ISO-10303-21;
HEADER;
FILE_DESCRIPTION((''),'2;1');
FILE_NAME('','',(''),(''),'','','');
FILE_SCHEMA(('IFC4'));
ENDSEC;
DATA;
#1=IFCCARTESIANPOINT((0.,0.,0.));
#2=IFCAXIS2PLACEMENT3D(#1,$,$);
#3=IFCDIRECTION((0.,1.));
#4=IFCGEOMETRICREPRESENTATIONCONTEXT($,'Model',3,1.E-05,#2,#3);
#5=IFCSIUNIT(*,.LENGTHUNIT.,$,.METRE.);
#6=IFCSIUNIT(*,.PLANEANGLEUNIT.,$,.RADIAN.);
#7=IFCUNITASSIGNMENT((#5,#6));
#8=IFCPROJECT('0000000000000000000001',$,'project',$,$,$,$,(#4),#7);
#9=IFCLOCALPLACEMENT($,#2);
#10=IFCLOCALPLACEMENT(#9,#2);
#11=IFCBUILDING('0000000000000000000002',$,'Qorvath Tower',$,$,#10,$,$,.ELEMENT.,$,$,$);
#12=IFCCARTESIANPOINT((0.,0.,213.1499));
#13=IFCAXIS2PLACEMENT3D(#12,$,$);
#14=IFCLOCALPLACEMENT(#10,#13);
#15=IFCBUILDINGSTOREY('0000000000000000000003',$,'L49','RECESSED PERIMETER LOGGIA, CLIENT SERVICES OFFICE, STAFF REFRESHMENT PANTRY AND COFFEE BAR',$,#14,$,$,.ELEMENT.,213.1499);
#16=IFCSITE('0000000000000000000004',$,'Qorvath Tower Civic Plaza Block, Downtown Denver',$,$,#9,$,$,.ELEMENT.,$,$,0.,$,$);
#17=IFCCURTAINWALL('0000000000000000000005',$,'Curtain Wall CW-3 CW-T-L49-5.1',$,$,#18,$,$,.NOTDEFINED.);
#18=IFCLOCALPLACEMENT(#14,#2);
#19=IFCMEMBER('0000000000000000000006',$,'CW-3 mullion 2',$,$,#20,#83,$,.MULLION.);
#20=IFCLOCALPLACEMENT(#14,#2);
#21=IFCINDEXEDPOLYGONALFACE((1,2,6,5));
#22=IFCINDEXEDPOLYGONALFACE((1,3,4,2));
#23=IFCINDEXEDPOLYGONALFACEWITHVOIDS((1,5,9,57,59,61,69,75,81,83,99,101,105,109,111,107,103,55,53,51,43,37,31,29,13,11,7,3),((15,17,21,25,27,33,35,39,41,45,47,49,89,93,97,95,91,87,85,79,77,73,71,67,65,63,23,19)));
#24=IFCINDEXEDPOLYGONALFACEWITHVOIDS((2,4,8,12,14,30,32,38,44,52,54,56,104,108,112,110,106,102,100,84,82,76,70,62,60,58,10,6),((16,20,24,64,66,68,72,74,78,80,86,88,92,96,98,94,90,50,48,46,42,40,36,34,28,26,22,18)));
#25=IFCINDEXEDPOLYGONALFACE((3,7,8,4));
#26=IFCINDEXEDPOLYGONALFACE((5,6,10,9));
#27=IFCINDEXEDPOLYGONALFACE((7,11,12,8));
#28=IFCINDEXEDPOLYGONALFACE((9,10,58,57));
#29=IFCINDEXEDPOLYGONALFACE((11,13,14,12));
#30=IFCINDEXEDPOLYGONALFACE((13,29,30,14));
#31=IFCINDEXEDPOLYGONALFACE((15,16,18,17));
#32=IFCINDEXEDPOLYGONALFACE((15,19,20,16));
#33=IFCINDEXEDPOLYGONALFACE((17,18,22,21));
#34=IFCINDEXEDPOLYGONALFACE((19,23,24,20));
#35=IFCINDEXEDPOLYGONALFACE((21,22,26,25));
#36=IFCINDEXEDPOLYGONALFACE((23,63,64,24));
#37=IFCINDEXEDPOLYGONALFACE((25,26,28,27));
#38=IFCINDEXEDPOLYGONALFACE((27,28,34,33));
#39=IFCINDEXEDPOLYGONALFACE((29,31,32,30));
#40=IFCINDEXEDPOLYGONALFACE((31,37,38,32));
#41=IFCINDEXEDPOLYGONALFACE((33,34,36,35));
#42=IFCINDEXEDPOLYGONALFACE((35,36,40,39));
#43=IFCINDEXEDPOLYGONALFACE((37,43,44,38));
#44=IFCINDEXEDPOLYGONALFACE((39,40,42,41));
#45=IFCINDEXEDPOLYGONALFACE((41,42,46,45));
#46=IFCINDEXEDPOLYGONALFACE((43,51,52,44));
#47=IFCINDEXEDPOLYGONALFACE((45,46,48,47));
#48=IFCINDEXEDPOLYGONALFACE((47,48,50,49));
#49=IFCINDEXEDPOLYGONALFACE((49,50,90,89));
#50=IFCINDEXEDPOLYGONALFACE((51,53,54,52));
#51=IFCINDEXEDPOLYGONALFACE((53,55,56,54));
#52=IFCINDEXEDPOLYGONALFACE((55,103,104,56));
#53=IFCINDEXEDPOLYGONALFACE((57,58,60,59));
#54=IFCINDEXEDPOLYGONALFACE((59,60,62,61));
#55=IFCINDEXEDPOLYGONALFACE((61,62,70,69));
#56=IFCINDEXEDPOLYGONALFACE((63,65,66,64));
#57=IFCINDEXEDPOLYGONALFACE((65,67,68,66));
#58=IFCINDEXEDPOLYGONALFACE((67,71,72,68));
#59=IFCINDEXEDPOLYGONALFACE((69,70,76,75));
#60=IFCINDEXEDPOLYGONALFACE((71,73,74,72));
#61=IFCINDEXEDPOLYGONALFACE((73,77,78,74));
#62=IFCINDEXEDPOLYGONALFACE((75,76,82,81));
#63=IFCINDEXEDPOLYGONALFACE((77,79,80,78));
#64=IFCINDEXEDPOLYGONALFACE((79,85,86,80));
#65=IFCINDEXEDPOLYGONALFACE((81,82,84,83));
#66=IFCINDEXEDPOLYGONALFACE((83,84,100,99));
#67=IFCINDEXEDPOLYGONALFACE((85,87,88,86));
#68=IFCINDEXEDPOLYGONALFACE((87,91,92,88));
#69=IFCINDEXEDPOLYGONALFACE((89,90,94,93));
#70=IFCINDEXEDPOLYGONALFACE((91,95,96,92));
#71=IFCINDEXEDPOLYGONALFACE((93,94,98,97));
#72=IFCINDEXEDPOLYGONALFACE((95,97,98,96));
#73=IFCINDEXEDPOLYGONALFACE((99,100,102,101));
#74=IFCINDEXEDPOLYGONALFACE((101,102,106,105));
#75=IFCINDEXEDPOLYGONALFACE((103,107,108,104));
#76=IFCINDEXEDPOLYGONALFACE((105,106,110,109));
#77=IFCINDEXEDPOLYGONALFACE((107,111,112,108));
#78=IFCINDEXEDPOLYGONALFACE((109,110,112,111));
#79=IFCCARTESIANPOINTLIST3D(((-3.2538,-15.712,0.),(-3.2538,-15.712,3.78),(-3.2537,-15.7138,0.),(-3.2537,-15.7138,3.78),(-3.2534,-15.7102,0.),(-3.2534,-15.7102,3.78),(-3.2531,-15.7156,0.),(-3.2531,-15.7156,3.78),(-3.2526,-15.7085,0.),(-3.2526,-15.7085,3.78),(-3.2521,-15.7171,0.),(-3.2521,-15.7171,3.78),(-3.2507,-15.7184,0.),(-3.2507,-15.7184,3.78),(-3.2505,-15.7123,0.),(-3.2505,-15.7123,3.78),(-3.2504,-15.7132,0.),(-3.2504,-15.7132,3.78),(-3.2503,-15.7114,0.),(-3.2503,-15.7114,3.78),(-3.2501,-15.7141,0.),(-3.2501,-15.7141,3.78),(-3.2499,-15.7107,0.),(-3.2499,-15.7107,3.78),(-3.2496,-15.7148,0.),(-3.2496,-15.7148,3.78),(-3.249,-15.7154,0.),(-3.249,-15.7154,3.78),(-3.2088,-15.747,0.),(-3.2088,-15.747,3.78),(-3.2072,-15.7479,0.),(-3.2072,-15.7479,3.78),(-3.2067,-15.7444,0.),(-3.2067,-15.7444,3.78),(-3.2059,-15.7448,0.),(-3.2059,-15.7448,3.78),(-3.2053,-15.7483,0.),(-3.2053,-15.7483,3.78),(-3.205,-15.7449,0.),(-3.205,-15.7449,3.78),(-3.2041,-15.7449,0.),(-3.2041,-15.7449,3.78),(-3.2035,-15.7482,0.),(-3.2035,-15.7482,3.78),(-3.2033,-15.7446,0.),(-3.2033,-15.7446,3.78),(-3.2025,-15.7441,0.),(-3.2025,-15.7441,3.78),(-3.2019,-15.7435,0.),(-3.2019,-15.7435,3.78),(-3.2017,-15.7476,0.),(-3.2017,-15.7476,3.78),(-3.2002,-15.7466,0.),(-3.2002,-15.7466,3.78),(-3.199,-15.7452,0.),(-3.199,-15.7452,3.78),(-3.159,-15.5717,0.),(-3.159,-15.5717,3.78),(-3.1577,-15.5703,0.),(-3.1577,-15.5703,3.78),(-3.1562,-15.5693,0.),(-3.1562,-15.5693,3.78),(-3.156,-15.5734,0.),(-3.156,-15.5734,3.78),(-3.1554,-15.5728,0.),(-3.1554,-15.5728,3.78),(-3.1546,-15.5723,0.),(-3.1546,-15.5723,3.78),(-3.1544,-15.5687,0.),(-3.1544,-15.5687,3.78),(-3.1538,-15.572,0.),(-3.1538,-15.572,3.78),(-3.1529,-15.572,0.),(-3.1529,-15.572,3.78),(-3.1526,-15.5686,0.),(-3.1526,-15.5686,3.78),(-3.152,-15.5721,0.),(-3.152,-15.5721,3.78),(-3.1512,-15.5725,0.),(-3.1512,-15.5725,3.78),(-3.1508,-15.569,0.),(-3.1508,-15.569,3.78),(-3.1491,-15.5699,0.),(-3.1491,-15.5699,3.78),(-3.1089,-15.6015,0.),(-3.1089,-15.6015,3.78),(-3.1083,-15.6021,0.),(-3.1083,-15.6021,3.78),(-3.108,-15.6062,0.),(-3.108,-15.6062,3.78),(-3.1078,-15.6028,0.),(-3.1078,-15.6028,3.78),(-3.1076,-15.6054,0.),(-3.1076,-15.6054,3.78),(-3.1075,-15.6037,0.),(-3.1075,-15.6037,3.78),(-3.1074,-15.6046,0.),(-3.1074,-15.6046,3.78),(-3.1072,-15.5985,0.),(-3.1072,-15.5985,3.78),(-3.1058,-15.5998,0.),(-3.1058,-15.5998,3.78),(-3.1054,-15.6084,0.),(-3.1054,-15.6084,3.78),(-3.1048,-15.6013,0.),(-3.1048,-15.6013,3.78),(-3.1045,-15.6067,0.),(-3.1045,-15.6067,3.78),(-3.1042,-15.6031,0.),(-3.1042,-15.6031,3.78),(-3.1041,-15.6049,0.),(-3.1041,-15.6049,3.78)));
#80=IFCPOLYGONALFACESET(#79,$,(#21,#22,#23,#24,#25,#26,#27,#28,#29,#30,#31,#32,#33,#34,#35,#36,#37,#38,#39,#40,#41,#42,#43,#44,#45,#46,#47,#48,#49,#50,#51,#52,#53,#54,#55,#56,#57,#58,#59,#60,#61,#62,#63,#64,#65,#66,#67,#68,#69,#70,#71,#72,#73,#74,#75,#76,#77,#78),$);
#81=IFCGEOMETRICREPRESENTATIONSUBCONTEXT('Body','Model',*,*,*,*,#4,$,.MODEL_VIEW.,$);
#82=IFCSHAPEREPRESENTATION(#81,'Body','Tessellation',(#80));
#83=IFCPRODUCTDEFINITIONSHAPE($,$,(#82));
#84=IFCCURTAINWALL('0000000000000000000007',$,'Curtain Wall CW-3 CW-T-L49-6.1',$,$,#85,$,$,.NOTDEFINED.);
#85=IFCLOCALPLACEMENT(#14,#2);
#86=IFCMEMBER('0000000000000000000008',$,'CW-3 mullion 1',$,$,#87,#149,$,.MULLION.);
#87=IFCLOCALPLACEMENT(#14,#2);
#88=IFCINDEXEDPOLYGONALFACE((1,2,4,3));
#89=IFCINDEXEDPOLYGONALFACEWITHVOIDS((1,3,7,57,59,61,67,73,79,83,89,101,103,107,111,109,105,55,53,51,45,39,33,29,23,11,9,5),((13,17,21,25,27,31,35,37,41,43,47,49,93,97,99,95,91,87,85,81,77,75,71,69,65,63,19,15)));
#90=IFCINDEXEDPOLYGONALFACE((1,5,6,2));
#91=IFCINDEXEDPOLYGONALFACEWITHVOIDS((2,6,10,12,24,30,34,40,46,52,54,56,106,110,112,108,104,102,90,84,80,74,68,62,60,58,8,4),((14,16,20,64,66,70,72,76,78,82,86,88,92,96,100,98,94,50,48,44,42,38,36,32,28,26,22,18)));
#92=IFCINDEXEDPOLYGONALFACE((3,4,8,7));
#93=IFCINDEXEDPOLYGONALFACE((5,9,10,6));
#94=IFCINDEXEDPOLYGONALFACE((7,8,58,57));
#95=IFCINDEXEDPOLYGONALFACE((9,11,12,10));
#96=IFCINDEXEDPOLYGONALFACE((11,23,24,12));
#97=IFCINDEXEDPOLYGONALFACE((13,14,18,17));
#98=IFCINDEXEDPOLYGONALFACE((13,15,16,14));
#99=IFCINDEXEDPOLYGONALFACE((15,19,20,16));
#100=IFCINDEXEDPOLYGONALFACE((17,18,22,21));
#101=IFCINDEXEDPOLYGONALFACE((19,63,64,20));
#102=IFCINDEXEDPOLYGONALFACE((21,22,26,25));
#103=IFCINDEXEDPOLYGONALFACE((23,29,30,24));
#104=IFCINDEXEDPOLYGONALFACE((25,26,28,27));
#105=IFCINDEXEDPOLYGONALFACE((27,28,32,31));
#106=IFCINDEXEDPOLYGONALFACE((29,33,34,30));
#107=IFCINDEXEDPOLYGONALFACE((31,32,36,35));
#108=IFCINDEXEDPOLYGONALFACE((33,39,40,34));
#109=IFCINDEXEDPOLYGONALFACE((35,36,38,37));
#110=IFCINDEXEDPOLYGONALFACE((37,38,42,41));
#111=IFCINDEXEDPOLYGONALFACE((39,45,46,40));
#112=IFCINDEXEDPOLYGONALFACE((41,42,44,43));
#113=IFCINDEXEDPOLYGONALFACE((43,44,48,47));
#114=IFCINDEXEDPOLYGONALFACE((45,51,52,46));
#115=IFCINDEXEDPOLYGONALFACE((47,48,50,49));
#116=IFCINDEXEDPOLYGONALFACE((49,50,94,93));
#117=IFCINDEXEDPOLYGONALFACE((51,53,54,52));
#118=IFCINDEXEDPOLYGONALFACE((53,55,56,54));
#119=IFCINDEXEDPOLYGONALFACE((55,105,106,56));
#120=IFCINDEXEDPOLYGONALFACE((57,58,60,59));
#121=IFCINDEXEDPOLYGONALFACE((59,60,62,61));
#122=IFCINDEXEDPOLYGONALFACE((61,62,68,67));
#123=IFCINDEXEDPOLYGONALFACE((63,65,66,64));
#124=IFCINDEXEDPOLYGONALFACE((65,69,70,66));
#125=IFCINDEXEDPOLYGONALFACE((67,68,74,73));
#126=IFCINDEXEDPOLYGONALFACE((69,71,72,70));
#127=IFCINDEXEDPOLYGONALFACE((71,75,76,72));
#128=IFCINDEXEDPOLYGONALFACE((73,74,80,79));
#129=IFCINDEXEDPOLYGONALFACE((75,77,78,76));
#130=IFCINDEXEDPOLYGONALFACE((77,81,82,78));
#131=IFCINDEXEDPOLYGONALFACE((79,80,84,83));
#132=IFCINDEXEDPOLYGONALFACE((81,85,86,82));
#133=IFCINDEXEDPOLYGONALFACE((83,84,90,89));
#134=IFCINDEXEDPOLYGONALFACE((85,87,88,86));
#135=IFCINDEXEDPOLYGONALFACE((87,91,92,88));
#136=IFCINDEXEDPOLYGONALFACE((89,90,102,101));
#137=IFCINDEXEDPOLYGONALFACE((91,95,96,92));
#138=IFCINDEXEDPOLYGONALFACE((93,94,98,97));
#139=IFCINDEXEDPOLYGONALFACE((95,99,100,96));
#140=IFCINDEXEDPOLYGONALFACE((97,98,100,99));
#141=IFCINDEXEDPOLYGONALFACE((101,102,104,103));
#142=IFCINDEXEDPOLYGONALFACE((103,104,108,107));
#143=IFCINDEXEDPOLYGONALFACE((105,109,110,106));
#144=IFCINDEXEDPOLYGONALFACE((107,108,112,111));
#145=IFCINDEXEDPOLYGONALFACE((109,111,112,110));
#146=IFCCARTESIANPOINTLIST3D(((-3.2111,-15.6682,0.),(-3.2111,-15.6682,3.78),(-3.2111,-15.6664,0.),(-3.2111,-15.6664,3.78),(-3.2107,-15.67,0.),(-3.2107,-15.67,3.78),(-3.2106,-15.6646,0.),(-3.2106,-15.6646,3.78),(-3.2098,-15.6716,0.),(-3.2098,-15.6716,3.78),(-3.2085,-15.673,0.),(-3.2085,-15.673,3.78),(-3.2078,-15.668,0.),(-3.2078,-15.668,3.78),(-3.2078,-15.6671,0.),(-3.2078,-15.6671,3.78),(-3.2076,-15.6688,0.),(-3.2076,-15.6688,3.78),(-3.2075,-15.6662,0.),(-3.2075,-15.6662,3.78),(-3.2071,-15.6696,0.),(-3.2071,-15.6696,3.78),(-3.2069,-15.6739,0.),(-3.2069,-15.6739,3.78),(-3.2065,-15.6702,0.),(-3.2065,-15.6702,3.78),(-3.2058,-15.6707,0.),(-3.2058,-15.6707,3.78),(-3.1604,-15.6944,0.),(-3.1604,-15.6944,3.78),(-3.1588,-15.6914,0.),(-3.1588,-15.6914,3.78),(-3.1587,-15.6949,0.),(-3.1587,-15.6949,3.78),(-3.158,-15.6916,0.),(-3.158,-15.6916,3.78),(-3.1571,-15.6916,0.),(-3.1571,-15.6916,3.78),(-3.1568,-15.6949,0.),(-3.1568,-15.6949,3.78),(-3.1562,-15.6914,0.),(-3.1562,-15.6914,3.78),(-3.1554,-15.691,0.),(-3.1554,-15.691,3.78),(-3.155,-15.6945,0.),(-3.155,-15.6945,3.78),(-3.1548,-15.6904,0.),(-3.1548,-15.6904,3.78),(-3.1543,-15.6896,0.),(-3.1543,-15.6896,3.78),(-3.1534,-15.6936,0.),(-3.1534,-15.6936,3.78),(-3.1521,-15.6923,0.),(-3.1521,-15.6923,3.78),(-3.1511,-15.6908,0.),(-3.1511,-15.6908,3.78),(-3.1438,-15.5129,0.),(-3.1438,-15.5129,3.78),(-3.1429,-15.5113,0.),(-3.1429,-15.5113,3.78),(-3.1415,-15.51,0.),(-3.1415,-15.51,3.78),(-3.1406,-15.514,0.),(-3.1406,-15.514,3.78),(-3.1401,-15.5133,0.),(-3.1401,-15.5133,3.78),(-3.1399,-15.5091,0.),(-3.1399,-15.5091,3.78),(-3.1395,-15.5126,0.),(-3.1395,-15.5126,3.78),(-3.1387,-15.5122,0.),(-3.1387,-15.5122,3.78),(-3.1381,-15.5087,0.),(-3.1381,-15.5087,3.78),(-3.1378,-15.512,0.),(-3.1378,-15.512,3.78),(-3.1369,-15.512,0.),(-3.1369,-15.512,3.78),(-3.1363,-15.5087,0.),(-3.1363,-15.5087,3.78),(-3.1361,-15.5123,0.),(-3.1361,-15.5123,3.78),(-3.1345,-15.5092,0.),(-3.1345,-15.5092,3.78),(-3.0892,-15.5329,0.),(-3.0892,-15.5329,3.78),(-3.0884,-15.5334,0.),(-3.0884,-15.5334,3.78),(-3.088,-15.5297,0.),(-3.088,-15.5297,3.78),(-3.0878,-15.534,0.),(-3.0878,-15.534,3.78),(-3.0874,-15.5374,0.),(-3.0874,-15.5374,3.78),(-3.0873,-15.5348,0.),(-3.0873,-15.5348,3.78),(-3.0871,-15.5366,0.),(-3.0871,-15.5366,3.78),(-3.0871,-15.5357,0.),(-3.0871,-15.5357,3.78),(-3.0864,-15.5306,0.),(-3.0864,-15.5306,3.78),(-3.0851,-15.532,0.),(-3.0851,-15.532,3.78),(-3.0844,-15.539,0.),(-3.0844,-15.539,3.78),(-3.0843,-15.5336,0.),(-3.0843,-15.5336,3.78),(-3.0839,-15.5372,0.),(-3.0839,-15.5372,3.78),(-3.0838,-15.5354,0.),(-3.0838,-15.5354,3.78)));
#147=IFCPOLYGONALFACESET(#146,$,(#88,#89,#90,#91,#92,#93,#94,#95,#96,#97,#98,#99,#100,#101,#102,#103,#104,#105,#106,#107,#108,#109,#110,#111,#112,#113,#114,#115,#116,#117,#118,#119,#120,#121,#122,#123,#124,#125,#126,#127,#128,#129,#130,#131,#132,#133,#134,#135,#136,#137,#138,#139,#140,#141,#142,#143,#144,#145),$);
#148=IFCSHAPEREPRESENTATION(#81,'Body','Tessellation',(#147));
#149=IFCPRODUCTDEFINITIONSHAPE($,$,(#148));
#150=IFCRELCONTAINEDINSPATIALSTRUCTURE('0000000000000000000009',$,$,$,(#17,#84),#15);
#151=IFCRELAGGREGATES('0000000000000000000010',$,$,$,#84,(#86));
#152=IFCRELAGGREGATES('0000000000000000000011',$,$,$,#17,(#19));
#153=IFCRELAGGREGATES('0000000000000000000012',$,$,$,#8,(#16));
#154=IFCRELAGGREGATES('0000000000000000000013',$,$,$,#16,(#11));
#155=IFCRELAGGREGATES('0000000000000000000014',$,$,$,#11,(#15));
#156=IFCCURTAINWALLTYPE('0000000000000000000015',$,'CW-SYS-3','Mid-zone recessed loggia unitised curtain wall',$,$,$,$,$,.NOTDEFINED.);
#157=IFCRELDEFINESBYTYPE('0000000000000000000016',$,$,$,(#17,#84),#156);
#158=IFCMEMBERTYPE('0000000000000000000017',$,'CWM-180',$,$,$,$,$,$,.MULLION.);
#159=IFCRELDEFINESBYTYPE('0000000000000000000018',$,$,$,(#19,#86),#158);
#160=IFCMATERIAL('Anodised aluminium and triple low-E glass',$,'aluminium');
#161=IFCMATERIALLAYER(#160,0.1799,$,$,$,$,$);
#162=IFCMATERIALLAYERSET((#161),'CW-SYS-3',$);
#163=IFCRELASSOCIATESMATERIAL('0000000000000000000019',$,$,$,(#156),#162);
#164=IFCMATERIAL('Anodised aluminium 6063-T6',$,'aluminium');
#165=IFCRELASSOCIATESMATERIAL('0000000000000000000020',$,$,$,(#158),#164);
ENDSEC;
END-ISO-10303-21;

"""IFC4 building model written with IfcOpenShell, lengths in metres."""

from ifc_helpers import new_model, si_unit, direction, frame, origin, origin_2d, place, context, subcontext, project, spatial, hollow_rectangle, extrude, material, layer, layer_set, material_profile, profile_set, type_object, element, aggregate, save


model = new_model("IFC4")

# Units and contexts
model_context = context("Model", 3, precision=1e-05, world=origin(), true_north=direction((0.0, 1.0)))
body_context = subcontext(model_context, "Body", "Model", "MODEL_VIEW")
ifc_project = project(units=[si_unit("LENGTHUNIT", "METRE"), si_unit("PLANEANGLEUNIT", "RADIAN")], contexts=[model_context])

# Site, building, storey
site_placement = place(None, origin())
site = spatial("IfcSite", under=ifc_project, at=site_placement, Name="Qorvath Tower Civic Plaza Block, Downtown Denver", CompositionType="ELEMENT", RefElevation=0.0)
building_placement = place(site_placement, origin())
building = spatial("IfcBuilding", under=site, at=building_placement, Name="Qorvath Tower", CompositionType="ELEMENT")
storey_placement = place(building_placement, frame((0.0, 0.0, 213.1499)))
storey = spatial("IfcBuildingStorey", under=building, at=storey_placement, Name="L49", Description="RECESSED PERIMETER LOGGIA, CLIENT SERVICES OFFICE, STAFF REFRESHMENT PANTRY AND COFFEE BAR", CompositionType="ELEMENT", Elevation=213.1499)

# Shared definitions
ifc_material_1 = material(Name="Anodised aluminium and triple low-E glass", Category="aluminium")
ifc_layer_1 = layer(ifc_material_1, 0.1799)
ifc_layer_set_1 = layer_set([ifc_layer_1], Name="CW-SYS-3")
curtain_wall_type = type_object("IfcCurtainWallType", Name="CW-SYS-3", Description="Mid-zone recessed loggia unitised curtain wall", PredefinedType="NOTDEFINED", material=ifc_layer_set_1)
ifc_material_2 = material(Name="Anodised aluminium 6063-T6", Category="aluminium")
ifc_material_profile_1 = material_profile(ifc_material_2, hollow_rectangle(XDim=0.0649, YDim=0.1799, WallThickness=0.0034, InnerFilletRadius=0.0034, OuterFilletRadius=0.0071, at=origin_2d()), Name="CWM 180x65")
ifc_profile_set_1 = profile_set([ifc_material_profile_1], Name="Anodised aluminium 6063-T6")
member_type_1 = type_object("IfcMemberType", Name="CWM-180", PredefinedType="MULLION", material=ifc_profile_set_1)

# Curtain wall, member
curtain_wall_1_placement = place(storey_placement, origin())
curtain_wall_1 = element("IfcCurtainWall", 1, at=curtain_wall_1_placement, inside=storey, type_object=curtain_wall_type, Name="Curtain Wall CW-3 CW-T-L49-5.1", PredefinedType="NOTDEFINED")
member_1_placement = place(storey_placement, frame((-3.179, -15.6584, 0.0), z_axis=(0.0, 0.0, 1.0), x_axis=(-0.825323, 0.564661, 0.0)))
member_1 = element("IfcMember", 2, at=member_1_placement, type_object=member_type_1, Name="CW-3 mullion 2", PredefinedType="MULLION", context=body_context, shape_type="SweptSolid", body=[
    extrude(hollow_rectangle(XDim=0.0649, YDim=0.1799, WallThickness=0.0034, InnerFilletRadius=0.0034, OuterFilletRadius=0.0071, at=origin_2d()), origin(), (0.0, 0.0, 1.0), 3.78),
])

# Curtain wall, member
curtain_wall_2_placement = place(storey_placement, origin())
curtain_wall_2 = element("IfcCurtainWall", 3, at=curtain_wall_2_placement, inside=storey, type_object=curtain_wall_type, Name="Curtain Wall CW-3 CW-T-L49-6.1", PredefinedType="NOTDEFINED")
member_2_placement = place(storey_placement, frame((-3.1475, -15.6018, 0.0), z_axis=(0.0, 0.0, 1.0), x_axis=(-0.915381, 0.402589, 0.0)))
member_2 = element("IfcMember", 4, at=member_2_placement, type_object=member_type_1, Name="CW-3 mullion 1", PredefinedType="MULLION", context=body_context, shape_type="SweptSolid", body=[
    extrude(hollow_rectangle(XDim=0.0649, YDim=0.1799, WallThickness=0.0034, InnerFilletRadius=0.0034, OuterFilletRadius=0.0071, at=origin_2d()), origin(), (0.0, 0.0, 1.0), 3.78),
])

aggregate(curtain_wall_2, [member_2])

aggregate(curtain_wall_1, [member_1])

save(model, "model.ifc")
